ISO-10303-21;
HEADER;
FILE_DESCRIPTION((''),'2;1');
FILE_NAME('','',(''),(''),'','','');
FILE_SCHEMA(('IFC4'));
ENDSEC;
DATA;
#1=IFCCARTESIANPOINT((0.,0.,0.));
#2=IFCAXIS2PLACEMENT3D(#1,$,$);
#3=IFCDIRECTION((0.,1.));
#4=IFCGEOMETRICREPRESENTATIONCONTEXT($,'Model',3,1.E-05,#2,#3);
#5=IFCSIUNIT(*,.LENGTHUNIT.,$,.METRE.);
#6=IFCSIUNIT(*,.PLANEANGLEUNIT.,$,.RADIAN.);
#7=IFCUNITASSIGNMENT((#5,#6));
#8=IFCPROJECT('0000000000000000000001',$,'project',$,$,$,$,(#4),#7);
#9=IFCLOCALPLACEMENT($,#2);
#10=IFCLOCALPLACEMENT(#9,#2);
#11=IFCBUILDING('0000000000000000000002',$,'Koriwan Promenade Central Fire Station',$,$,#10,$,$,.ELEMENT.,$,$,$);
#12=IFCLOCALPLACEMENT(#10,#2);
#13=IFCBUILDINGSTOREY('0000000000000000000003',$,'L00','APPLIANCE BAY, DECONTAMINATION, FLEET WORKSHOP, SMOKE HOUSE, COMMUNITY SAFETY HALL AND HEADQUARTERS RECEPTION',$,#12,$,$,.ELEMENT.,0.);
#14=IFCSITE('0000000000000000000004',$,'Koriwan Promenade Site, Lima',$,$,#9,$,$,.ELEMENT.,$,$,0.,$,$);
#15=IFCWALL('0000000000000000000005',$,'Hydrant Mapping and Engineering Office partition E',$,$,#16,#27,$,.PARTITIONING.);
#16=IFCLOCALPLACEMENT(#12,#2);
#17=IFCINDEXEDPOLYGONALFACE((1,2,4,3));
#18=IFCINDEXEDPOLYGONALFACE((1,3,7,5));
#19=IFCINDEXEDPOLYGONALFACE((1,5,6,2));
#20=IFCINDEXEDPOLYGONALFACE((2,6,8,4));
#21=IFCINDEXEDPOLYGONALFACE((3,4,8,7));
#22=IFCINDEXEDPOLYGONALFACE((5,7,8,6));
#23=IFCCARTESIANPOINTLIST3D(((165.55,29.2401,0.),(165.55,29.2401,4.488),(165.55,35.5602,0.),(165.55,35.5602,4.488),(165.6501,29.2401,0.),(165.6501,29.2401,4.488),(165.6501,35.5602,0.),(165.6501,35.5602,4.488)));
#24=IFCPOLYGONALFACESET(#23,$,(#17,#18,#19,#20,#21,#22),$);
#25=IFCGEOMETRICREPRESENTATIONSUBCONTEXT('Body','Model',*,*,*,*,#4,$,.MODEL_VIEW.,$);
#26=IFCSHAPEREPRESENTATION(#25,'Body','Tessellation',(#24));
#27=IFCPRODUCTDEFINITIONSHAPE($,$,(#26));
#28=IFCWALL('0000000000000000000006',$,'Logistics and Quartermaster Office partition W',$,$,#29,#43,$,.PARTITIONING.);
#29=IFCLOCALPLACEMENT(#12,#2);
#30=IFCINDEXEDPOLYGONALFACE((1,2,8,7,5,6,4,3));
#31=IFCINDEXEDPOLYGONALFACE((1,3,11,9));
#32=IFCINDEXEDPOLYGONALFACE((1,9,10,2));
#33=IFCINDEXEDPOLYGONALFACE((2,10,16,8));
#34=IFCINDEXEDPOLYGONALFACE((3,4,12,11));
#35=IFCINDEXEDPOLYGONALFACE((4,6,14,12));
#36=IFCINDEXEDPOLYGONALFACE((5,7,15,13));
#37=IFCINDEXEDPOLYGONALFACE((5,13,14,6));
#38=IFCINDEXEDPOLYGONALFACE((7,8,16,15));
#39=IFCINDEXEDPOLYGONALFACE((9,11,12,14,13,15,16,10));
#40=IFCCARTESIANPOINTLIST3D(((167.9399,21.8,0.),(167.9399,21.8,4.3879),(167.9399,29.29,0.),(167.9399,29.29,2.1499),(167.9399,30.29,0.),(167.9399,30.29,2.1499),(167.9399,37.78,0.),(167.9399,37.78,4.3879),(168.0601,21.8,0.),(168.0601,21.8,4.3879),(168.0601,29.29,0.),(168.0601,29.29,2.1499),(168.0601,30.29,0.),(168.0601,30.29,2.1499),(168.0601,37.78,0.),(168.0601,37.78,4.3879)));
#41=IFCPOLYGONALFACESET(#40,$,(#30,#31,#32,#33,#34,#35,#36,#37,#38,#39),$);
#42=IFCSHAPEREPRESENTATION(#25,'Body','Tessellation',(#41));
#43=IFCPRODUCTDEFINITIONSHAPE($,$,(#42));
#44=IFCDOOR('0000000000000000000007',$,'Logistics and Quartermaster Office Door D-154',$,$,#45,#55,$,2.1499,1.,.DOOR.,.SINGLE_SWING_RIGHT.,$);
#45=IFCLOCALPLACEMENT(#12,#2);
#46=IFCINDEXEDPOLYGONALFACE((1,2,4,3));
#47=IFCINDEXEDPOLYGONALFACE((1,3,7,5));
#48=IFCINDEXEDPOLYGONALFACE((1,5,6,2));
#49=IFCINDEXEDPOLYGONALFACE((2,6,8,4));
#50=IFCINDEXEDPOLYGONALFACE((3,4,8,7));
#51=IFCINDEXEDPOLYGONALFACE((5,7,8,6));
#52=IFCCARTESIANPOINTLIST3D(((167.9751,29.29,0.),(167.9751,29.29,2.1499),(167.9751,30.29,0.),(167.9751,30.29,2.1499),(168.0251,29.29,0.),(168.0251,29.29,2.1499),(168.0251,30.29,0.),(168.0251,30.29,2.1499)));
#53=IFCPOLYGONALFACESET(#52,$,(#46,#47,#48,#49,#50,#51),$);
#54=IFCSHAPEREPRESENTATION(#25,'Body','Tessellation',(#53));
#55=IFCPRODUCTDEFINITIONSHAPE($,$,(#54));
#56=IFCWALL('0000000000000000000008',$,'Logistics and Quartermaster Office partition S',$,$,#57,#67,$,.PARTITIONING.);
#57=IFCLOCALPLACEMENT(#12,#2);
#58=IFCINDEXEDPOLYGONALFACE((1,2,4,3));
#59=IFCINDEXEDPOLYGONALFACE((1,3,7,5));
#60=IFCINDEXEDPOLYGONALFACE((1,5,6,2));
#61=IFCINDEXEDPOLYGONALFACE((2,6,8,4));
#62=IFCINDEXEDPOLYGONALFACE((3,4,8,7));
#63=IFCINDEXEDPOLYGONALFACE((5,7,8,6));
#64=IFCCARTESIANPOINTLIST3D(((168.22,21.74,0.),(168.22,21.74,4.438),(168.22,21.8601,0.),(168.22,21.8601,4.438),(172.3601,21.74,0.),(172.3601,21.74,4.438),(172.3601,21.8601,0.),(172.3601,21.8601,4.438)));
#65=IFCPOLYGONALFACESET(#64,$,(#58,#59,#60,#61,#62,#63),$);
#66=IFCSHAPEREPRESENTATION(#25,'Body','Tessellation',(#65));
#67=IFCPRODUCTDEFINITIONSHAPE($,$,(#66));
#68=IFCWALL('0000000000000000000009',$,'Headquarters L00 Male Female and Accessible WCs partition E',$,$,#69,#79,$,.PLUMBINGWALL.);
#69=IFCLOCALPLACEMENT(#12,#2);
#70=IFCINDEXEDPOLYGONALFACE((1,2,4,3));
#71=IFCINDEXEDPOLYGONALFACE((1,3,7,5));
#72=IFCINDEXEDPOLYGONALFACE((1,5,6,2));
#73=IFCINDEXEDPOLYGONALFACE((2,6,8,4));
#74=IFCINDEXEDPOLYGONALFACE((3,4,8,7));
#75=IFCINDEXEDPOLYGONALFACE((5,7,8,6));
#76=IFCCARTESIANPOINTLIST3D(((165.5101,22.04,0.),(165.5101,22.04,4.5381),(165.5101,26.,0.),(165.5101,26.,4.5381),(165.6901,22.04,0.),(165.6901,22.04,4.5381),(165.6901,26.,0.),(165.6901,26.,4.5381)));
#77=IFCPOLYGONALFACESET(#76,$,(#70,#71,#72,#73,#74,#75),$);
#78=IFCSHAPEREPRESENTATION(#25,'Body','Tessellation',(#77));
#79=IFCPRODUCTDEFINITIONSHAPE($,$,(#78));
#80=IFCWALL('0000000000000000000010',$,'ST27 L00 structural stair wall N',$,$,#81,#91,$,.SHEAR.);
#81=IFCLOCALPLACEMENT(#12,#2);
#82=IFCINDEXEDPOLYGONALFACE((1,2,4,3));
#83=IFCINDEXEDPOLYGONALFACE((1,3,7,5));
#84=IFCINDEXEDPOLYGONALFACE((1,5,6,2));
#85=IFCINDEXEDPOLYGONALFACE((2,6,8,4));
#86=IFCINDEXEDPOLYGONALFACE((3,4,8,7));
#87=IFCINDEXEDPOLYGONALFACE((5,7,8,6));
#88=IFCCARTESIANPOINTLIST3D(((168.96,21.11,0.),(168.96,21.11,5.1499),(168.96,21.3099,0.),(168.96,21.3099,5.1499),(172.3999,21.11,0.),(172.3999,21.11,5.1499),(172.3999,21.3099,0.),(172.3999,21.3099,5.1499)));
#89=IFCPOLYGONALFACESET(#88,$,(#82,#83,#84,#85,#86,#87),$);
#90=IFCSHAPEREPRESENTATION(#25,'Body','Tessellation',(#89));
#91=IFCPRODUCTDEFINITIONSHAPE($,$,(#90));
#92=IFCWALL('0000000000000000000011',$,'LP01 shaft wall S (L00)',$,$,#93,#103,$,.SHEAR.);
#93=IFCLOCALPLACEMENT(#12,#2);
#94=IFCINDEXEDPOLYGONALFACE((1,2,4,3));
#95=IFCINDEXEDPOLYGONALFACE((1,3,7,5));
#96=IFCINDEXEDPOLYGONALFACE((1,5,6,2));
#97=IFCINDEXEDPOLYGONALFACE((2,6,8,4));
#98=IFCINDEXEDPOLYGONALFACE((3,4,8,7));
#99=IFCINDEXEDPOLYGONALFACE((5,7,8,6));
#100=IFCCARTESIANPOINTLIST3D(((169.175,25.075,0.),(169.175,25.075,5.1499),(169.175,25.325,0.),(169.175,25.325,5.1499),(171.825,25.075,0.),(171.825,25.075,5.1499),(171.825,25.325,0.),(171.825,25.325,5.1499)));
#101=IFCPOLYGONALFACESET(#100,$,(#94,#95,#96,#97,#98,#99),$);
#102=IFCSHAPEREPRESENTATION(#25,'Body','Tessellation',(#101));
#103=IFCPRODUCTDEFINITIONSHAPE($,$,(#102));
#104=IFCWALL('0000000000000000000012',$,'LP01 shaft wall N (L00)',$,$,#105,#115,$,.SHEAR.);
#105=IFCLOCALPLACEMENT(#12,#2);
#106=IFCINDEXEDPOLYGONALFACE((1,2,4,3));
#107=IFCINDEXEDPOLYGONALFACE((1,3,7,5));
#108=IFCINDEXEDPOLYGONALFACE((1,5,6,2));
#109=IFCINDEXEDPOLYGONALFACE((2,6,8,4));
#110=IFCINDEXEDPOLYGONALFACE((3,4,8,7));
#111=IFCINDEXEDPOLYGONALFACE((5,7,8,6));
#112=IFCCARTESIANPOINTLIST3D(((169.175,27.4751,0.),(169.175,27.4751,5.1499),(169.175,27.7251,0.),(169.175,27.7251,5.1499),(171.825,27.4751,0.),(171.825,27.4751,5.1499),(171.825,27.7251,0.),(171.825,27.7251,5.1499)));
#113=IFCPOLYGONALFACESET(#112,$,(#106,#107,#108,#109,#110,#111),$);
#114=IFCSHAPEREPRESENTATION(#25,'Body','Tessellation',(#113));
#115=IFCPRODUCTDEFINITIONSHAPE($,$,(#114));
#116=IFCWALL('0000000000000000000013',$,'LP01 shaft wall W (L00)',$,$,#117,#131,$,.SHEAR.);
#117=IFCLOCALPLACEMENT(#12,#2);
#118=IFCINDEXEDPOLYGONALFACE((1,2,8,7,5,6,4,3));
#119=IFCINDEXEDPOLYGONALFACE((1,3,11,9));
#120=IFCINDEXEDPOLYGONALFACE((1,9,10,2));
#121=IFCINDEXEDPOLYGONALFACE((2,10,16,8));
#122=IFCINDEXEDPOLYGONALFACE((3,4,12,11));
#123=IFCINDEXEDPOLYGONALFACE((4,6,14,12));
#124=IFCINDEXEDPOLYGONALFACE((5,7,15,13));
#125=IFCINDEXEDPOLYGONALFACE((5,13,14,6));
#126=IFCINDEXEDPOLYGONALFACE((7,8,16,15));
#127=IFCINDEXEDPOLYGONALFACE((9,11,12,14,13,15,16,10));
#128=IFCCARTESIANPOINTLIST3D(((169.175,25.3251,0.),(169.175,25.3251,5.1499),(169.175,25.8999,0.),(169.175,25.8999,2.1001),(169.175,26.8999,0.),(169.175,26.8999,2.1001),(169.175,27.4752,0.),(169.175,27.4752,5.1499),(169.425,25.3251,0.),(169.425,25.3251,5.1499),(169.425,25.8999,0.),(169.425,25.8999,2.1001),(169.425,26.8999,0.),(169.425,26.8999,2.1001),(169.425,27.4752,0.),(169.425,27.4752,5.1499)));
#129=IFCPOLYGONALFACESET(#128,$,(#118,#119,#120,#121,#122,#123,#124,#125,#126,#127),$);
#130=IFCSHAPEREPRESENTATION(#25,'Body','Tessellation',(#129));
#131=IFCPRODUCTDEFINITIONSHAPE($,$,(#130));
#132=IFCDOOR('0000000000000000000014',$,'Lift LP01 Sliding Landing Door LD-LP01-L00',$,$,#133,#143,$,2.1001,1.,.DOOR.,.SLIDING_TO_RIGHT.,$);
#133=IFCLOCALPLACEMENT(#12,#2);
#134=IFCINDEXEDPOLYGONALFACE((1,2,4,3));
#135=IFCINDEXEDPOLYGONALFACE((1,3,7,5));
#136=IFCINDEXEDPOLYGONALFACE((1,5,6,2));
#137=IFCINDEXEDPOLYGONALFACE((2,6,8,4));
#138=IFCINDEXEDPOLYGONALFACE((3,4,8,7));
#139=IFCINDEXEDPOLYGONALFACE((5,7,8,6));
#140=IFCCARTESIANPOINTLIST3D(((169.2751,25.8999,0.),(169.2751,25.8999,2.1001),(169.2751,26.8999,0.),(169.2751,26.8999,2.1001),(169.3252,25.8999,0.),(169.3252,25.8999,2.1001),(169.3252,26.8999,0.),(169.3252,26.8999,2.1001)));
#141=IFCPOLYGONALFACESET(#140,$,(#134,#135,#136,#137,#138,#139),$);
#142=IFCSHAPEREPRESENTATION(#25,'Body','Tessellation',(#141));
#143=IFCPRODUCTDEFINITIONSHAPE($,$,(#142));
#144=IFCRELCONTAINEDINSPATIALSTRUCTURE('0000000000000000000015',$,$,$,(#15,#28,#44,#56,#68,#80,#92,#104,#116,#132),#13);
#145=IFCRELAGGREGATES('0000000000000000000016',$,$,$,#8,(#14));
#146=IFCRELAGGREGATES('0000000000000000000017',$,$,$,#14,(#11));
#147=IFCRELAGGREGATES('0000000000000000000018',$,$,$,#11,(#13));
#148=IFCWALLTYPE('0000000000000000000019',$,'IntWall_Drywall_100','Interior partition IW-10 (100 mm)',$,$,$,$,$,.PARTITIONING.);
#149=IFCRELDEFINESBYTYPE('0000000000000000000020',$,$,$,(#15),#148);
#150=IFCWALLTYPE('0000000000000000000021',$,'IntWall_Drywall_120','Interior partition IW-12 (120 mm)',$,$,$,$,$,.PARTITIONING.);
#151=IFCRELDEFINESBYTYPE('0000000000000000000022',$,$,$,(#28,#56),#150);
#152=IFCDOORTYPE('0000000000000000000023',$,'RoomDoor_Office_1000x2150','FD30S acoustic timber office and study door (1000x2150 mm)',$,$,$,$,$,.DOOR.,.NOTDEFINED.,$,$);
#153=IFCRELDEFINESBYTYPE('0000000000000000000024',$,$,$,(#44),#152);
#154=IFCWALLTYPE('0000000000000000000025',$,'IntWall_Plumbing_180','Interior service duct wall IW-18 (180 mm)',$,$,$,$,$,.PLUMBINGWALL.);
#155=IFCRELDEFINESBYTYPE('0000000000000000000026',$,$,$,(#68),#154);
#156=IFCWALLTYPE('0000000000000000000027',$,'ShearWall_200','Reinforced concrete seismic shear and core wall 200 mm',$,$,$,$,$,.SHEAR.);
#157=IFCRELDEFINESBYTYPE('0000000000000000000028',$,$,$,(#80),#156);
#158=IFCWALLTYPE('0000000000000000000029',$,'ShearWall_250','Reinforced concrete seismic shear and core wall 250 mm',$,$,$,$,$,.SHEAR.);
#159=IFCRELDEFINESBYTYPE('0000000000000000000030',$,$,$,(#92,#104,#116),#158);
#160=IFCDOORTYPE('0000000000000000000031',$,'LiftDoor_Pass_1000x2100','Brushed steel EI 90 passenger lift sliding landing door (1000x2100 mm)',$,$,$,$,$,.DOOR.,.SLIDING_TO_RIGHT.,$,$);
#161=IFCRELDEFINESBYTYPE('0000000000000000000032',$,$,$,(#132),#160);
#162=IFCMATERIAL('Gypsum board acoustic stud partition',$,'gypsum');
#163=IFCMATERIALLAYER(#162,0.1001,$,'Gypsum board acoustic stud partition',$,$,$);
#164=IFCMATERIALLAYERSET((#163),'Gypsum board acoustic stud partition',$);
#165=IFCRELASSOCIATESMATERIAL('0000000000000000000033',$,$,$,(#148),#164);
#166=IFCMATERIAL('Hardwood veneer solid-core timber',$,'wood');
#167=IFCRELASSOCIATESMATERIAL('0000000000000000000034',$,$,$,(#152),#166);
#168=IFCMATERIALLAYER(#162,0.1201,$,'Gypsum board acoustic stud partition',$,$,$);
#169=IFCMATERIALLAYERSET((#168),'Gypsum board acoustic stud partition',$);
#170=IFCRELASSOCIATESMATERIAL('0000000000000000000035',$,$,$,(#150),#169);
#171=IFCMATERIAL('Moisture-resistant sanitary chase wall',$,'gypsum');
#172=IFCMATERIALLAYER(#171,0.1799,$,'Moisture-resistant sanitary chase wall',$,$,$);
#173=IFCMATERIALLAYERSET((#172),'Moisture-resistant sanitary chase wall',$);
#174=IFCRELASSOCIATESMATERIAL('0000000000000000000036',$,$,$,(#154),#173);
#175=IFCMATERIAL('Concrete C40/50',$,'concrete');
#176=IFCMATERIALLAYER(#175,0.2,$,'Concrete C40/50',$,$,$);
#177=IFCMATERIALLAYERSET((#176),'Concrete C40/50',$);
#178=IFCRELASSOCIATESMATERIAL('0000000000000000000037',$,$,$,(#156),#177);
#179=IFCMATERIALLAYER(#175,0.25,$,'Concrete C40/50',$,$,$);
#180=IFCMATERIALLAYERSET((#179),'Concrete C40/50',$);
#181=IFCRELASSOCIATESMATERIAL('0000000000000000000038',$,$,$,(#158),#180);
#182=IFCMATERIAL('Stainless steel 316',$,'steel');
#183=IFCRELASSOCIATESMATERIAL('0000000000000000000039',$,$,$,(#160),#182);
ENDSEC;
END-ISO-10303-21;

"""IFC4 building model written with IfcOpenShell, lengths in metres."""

from ifc_helpers import new_model, si_unit, direction, frame, frame_2d, origin, place, context, subcontext, project, spatial, rectangle, extrude, material, layer, layer_set, type_object, element, fill, save


model = new_model("IFC4")

# Units and contexts
model_context = context("Model", 3, precision=1e-05, world=origin(), true_north=direction((0.0, 1.0)))
body_context = subcontext(model_context, "Body", "Model", "MODEL_VIEW")
ifc_project = project(units=[si_unit("LENGTHUNIT", "METRE"), si_unit("PLANEANGLEUNIT", "RADIAN")], contexts=[model_context])

# Site, building, storey
site_placement = place(None, origin())
site = spatial("IfcSite", under=ifc_project, at=site_placement, Name="Koriwan Promenade Site, Lima", CompositionType="ELEMENT", RefElevation=0.0)
building_placement = place(site_placement, origin())
building = spatial("IfcBuilding", under=site, at=building_placement, Name="Koriwan Promenade Central Fire Station", CompositionType="ELEMENT")
storey_placement = place(building_placement, origin())
storey = spatial("IfcBuildingStorey", under=building, at=storey_placement, Name="L00", Description="APPLIANCE BAY, DECONTAMINATION, FLEET WORKSHOP, SMOKE HOUSE, COMMUNITY SAFETY HALL AND HEADQUARTERS RECEPTION", CompositionType="ELEMENT", Elevation=0.0)

# Shared definitions
ifc_material_1 = material(Name="Concrete C40/50", Category="concrete")

# Shared definitions
ifc_material_2 = material(Name="Gypsum board acoustic stud partition", Category="gypsum")
ifc_layer_1 = layer(ifc_material_2, 0.1001, Name="Gypsum board acoustic stud partition")
ifc_layer_set_1 = layer_set([ifc_layer_1], Name="Gypsum board acoustic stud partition")
wall_type_1 = type_object("IfcWallType", Name="IntWall_Drywall_100", Description="Interior partition IW-10 (100 mm)", PredefinedType="PARTITIONING", material=ifc_layer_set_1)
ifc_material_3 = material(Name="Hardwood veneer solid-core timber", Category="wood")
door_type_1 = type_object("IfcDoorType", Name="RoomDoor_Office_1000x2150", Description="FD30S acoustic timber office and study door (1000x2150 mm)", OperationType="NOTDEFINED", PredefinedType="DOOR", material=ifc_material_3)

# Wall
wall_1_placement = place(storey_placement, frame((165.6001, 29.24, 0.0), z_axis=(0.0, 0.0, 1.0), x_axis=(0.0, 1.0, 0.0)))
element("IfcWall", 1, at=wall_1_placement, inside=storey, type_object=wall_type_1, Name="Hydrant Mapping and Engineering Office partition E", PredefinedType="PARTITIONING", context=body_context, shape_type="SweptSolid", body=[
    extrude(rectangle(XDim=6.3201, YDim=0.1001, at=frame_2d((3.1602, 0.0))), origin(), (0.0, 0.0, 1.0), 4.488),
])

# Wall, opening, door
ifc_layer_2 = layer(ifc_material_2, 0.1201, Name="Gypsum board acoustic stud partition")
ifc_layer_set_2 = layer_set([ifc_layer_2], Name="Gypsum board acoustic stud partition")
wall_type_2 = type_object("IfcWallType", Name="IntWall_Drywall_120", Description="Interior partition IW-12 (120 mm)", PredefinedType="PARTITIONING", material=ifc_layer_set_2)
wall_2_placement = place(storey_placement, frame((168.0, 21.8, 0.0), z_axis=(0.0, 0.0, 1.0), x_axis=(0.0, 1.0, 0.0)))
wall_2 = element("IfcWall", 2, at=wall_2_placement, inside=storey, type_object=wall_type_2, Name="Logistics and Quartermaster Office partition W", PredefinedType="PARTITIONING", context=body_context, shape_type="SweptSolid", body=[
    extrude(rectangle(XDim=15.98, YDim=0.1201, at=frame_2d((7.99, 0.0))), origin(), (0.0, 0.0, 1.0), 4.3879),
])
opening_1_placement = place(wall_2_placement, frame((7.49, 0.0, 0.0)))
opening_1 = element("IfcOpeningElement", 3, at=opening_1_placement, cuts=wall_2, PredefinedType="OPENING", context=body_context, shape_type="SweptSolid", body=[
    extrude(rectangle(XDim=1.0, YDim=2.1499, at=frame_2d((0.5, 1.075))), frame((0.0, 0.072, 0.0), z_axis=(0.0, -1.0, 0.0), x_axis=(1.0, 0.0, 0.0)), (0.0, 0.0, 1.0), 0.144),
])
door_1_placement = place(opening_1_placement, origin())
door_1 = element("IfcDoor", 4, at=door_1_placement, inside=storey, type_object=door_type_1, Name="Logistics and Quartermaster Office Door D-154", OperationType="SINGLE_SWING_RIGHT", OverallHeight=2.1499, OverallWidth=1.0, PredefinedType="DOOR", context=body_context, shape_type="SweptSolid", body=[
    extrude(rectangle(XDim=1.0, YDim=2.1499, at=frame_2d((0.5, 1.075))), frame((0.0, 0.0249, 0.0), z_axis=(0.0, -1.0, 0.0), x_axis=(1.0, 0.0, 0.0)), (0.0, 0.0, 1.0), 0.05),
])
fill(opening_1, door_1)

# Walls
wall_3_placement = place(storey_placement, frame((168.22, 21.8, 0.0), z_axis=(0.0, 0.0, 1.0), x_axis=(1.0, 0.0, 0.0)))
element("IfcWall", 5, at=wall_3_placement, inside=storey, type_object=wall_type_2, Name="Logistics and Quartermaster Office partition S", PredefinedType="PARTITIONING", context=body_context, shape_type="SweptSolid", body=[
    extrude(rectangle(XDim=4.1401, YDim=0.1201, at=frame_2d((2.0701, 0.0))), origin(), (0.0, 0.0, 1.0), 4.438),
])
ifc_material_4 = material(Name="Moisture-resistant sanitary chase wall", Category="gypsum")
ifc_layer_3 = layer(ifc_material_4, 0.1799, Name="Moisture-resistant sanitary chase wall")
ifc_layer_set_3 = layer_set([ifc_layer_3], Name="Moisture-resistant sanitary chase wall")
wall_type_3 = type_object("IfcWallType", Name="IntWall_Plumbing_180", Description="Interior service duct wall IW-18 (180 mm)", PredefinedType="PLUMBINGWALL", material=ifc_layer_set_3)
wall_4_placement = place(storey_placement, frame((165.6001, 22.04, 0.0), z_axis=(0.0, 0.0, 1.0), x_axis=(0.0, 1.0, 0.0)))
element("IfcWall", 6, at=wall_4_placement, inside=storey, type_object=wall_type_3, Name="Headquarters L00 Male Female and Accessible WCs partition E", PredefinedType="PLUMBINGWALL", context=body_context, shape_type="SweptSolid", body=[
    extrude(rectangle(XDim=3.96, YDim=0.1799, at=frame_2d((1.98, 0.0))), origin(), (0.0, 0.0, 1.0), 4.5381),
])
ifc_layer_4 = layer(ifc_material_1, 0.2, Name="Concrete C40/50")
ifc_layer_set_4 = layer_set([ifc_layer_4], Name="Concrete C40/50")
wall_type_4 = type_object("IfcWallType", Name="ShearWall_200", Description="Reinforced concrete seismic shear and core wall 200 mm", PredefinedType="SHEAR", material=ifc_layer_set_4)
wall_5_placement = place(storey_placement, frame((168.96, 21.21, 0.0), z_axis=(0.0, 0.0, 1.0), x_axis=(1.0, 0.0, 0.0)))
element("IfcWall", 7, at=wall_5_placement, inside=storey, type_object=wall_type_4, Name="ST27 L00 structural stair wall N", PredefinedType="SHEAR", context=body_context, shape_type="SweptSolid", body=[
    extrude(rectangle(XDim=3.4399, YDim=0.2, at=frame_2d((1.72, 0.0))), origin(), (0.0, 0.0, 1.0), 5.1499),
])
ifc_layer_5 = layer(ifc_material_1, 0.25, Name="Concrete C40/50")
ifc_layer_set_5 = layer_set([ifc_layer_5], Name="Concrete C40/50")
wall_type_5 = type_object("IfcWallType", Name="ShearWall_250", Description="Reinforced concrete seismic shear and core wall 250 mm", PredefinedType="SHEAR", material=ifc_layer_set_5)
for number, where, z_axis, x_axis, name in (
    (8, (169.175, 25.2, 0.0), (0.0, 0.0, 1.0), (1.0, 0.0, 0.0), "LP01 shaft wall S (L00)"),
    (9, (169.175, 27.6001, 0.0), (0.0, 0.0, 1.0), (1.0, 0.0, 0.0), "LP01 shaft wall N (L00)"),
):
    element("IfcWall", number, at=place(storey_placement, frame(where, z_axis=z_axis, x_axis=x_axis)), inside=storey, type_object=wall_type_5, Name=name, PredefinedType="SHEAR", context=body_context, shape_type="SweptSolid", body=[
        extrude(rectangle(XDim=2.6499, YDim=0.25, at=frame_2d((1.325, 0.0))), origin(), (0.0, 0.0, 1.0), 5.1499),
    ])

# Wall, opening, door
wall_6_placement = place(storey_placement, frame((169.3, 25.325, 0.0), z_axis=(0.0, 0.0, 1.0), x_axis=(0.0, 1.0, 0.0)))
wall_6 = element("IfcWall", 10, at=wall_6_placement, inside=storey, type_object=wall_type_5, Name="LP01 shaft wall W (L00)", PredefinedType="SHEAR", context=body_context, shape_type="SweptSolid", body=[
    extrude(rectangle(XDim=2.1501, YDim=0.25, at=frame_2d((1.0752, 0.0))), origin(), (0.0, 0.0, 1.0), 5.1499),
])
opening_2_placement = place(wall_6_placement, frame((0.575, 0.0, 0.0)))
opening_2 = element("IfcOpeningElement", 11, at=opening_2_placement, cuts=wall_6, PredefinedType="OPENING", context=body_context, shape_type="SweptSolid", body=[
    extrude(rectangle(XDim=1.0, YDim=2.1001, at=frame_2d((0.5, 1.05))), frame((0.0, 0.137, 0.0), z_axis=(0.0, -1.0, 0.0), x_axis=(1.0, 0.0, 0.0)), (0.0, 0.0, 1.0), 0.2739),
])
ifc_material_5 = material(Name="Stainless steel 316", Category="steel")
door_type_2 = type_object("IfcDoorType", Name="LiftDoor_Pass_1000x2100", Description="Brushed steel EI 90 passenger lift sliding landing door (1000x2100 mm)", OperationType="SLIDING_TO_RIGHT", PredefinedType="DOOR", material=ifc_material_5)
door_2_placement = place(opening_2_placement, origin())
door_2 = element("IfcDoor", 12, at=door_2_placement, inside=storey, type_object=door_type_2, Name="Lift LP01 Sliding Landing Door LD-LP01-L00", OperationType="SLIDING_TO_RIGHT", OverallHeight=2.1001, OverallWidth=1.0, PredefinedType="DOOR", context=body_context, shape_type="SweptSolid", body=[
    extrude(rectangle(XDim=1.0, YDim=2.1001, at=frame_2d((0.5, 1.05))), frame((0.0, 0.0249, 0.0), z_axis=(0.0, -1.0, 0.0), x_axis=(1.0, 0.0, 0.0)), (0.0, 0.0, 1.0), 0.05),
])
fill(opening_2, door_2)

save(model, "model.ifc")
